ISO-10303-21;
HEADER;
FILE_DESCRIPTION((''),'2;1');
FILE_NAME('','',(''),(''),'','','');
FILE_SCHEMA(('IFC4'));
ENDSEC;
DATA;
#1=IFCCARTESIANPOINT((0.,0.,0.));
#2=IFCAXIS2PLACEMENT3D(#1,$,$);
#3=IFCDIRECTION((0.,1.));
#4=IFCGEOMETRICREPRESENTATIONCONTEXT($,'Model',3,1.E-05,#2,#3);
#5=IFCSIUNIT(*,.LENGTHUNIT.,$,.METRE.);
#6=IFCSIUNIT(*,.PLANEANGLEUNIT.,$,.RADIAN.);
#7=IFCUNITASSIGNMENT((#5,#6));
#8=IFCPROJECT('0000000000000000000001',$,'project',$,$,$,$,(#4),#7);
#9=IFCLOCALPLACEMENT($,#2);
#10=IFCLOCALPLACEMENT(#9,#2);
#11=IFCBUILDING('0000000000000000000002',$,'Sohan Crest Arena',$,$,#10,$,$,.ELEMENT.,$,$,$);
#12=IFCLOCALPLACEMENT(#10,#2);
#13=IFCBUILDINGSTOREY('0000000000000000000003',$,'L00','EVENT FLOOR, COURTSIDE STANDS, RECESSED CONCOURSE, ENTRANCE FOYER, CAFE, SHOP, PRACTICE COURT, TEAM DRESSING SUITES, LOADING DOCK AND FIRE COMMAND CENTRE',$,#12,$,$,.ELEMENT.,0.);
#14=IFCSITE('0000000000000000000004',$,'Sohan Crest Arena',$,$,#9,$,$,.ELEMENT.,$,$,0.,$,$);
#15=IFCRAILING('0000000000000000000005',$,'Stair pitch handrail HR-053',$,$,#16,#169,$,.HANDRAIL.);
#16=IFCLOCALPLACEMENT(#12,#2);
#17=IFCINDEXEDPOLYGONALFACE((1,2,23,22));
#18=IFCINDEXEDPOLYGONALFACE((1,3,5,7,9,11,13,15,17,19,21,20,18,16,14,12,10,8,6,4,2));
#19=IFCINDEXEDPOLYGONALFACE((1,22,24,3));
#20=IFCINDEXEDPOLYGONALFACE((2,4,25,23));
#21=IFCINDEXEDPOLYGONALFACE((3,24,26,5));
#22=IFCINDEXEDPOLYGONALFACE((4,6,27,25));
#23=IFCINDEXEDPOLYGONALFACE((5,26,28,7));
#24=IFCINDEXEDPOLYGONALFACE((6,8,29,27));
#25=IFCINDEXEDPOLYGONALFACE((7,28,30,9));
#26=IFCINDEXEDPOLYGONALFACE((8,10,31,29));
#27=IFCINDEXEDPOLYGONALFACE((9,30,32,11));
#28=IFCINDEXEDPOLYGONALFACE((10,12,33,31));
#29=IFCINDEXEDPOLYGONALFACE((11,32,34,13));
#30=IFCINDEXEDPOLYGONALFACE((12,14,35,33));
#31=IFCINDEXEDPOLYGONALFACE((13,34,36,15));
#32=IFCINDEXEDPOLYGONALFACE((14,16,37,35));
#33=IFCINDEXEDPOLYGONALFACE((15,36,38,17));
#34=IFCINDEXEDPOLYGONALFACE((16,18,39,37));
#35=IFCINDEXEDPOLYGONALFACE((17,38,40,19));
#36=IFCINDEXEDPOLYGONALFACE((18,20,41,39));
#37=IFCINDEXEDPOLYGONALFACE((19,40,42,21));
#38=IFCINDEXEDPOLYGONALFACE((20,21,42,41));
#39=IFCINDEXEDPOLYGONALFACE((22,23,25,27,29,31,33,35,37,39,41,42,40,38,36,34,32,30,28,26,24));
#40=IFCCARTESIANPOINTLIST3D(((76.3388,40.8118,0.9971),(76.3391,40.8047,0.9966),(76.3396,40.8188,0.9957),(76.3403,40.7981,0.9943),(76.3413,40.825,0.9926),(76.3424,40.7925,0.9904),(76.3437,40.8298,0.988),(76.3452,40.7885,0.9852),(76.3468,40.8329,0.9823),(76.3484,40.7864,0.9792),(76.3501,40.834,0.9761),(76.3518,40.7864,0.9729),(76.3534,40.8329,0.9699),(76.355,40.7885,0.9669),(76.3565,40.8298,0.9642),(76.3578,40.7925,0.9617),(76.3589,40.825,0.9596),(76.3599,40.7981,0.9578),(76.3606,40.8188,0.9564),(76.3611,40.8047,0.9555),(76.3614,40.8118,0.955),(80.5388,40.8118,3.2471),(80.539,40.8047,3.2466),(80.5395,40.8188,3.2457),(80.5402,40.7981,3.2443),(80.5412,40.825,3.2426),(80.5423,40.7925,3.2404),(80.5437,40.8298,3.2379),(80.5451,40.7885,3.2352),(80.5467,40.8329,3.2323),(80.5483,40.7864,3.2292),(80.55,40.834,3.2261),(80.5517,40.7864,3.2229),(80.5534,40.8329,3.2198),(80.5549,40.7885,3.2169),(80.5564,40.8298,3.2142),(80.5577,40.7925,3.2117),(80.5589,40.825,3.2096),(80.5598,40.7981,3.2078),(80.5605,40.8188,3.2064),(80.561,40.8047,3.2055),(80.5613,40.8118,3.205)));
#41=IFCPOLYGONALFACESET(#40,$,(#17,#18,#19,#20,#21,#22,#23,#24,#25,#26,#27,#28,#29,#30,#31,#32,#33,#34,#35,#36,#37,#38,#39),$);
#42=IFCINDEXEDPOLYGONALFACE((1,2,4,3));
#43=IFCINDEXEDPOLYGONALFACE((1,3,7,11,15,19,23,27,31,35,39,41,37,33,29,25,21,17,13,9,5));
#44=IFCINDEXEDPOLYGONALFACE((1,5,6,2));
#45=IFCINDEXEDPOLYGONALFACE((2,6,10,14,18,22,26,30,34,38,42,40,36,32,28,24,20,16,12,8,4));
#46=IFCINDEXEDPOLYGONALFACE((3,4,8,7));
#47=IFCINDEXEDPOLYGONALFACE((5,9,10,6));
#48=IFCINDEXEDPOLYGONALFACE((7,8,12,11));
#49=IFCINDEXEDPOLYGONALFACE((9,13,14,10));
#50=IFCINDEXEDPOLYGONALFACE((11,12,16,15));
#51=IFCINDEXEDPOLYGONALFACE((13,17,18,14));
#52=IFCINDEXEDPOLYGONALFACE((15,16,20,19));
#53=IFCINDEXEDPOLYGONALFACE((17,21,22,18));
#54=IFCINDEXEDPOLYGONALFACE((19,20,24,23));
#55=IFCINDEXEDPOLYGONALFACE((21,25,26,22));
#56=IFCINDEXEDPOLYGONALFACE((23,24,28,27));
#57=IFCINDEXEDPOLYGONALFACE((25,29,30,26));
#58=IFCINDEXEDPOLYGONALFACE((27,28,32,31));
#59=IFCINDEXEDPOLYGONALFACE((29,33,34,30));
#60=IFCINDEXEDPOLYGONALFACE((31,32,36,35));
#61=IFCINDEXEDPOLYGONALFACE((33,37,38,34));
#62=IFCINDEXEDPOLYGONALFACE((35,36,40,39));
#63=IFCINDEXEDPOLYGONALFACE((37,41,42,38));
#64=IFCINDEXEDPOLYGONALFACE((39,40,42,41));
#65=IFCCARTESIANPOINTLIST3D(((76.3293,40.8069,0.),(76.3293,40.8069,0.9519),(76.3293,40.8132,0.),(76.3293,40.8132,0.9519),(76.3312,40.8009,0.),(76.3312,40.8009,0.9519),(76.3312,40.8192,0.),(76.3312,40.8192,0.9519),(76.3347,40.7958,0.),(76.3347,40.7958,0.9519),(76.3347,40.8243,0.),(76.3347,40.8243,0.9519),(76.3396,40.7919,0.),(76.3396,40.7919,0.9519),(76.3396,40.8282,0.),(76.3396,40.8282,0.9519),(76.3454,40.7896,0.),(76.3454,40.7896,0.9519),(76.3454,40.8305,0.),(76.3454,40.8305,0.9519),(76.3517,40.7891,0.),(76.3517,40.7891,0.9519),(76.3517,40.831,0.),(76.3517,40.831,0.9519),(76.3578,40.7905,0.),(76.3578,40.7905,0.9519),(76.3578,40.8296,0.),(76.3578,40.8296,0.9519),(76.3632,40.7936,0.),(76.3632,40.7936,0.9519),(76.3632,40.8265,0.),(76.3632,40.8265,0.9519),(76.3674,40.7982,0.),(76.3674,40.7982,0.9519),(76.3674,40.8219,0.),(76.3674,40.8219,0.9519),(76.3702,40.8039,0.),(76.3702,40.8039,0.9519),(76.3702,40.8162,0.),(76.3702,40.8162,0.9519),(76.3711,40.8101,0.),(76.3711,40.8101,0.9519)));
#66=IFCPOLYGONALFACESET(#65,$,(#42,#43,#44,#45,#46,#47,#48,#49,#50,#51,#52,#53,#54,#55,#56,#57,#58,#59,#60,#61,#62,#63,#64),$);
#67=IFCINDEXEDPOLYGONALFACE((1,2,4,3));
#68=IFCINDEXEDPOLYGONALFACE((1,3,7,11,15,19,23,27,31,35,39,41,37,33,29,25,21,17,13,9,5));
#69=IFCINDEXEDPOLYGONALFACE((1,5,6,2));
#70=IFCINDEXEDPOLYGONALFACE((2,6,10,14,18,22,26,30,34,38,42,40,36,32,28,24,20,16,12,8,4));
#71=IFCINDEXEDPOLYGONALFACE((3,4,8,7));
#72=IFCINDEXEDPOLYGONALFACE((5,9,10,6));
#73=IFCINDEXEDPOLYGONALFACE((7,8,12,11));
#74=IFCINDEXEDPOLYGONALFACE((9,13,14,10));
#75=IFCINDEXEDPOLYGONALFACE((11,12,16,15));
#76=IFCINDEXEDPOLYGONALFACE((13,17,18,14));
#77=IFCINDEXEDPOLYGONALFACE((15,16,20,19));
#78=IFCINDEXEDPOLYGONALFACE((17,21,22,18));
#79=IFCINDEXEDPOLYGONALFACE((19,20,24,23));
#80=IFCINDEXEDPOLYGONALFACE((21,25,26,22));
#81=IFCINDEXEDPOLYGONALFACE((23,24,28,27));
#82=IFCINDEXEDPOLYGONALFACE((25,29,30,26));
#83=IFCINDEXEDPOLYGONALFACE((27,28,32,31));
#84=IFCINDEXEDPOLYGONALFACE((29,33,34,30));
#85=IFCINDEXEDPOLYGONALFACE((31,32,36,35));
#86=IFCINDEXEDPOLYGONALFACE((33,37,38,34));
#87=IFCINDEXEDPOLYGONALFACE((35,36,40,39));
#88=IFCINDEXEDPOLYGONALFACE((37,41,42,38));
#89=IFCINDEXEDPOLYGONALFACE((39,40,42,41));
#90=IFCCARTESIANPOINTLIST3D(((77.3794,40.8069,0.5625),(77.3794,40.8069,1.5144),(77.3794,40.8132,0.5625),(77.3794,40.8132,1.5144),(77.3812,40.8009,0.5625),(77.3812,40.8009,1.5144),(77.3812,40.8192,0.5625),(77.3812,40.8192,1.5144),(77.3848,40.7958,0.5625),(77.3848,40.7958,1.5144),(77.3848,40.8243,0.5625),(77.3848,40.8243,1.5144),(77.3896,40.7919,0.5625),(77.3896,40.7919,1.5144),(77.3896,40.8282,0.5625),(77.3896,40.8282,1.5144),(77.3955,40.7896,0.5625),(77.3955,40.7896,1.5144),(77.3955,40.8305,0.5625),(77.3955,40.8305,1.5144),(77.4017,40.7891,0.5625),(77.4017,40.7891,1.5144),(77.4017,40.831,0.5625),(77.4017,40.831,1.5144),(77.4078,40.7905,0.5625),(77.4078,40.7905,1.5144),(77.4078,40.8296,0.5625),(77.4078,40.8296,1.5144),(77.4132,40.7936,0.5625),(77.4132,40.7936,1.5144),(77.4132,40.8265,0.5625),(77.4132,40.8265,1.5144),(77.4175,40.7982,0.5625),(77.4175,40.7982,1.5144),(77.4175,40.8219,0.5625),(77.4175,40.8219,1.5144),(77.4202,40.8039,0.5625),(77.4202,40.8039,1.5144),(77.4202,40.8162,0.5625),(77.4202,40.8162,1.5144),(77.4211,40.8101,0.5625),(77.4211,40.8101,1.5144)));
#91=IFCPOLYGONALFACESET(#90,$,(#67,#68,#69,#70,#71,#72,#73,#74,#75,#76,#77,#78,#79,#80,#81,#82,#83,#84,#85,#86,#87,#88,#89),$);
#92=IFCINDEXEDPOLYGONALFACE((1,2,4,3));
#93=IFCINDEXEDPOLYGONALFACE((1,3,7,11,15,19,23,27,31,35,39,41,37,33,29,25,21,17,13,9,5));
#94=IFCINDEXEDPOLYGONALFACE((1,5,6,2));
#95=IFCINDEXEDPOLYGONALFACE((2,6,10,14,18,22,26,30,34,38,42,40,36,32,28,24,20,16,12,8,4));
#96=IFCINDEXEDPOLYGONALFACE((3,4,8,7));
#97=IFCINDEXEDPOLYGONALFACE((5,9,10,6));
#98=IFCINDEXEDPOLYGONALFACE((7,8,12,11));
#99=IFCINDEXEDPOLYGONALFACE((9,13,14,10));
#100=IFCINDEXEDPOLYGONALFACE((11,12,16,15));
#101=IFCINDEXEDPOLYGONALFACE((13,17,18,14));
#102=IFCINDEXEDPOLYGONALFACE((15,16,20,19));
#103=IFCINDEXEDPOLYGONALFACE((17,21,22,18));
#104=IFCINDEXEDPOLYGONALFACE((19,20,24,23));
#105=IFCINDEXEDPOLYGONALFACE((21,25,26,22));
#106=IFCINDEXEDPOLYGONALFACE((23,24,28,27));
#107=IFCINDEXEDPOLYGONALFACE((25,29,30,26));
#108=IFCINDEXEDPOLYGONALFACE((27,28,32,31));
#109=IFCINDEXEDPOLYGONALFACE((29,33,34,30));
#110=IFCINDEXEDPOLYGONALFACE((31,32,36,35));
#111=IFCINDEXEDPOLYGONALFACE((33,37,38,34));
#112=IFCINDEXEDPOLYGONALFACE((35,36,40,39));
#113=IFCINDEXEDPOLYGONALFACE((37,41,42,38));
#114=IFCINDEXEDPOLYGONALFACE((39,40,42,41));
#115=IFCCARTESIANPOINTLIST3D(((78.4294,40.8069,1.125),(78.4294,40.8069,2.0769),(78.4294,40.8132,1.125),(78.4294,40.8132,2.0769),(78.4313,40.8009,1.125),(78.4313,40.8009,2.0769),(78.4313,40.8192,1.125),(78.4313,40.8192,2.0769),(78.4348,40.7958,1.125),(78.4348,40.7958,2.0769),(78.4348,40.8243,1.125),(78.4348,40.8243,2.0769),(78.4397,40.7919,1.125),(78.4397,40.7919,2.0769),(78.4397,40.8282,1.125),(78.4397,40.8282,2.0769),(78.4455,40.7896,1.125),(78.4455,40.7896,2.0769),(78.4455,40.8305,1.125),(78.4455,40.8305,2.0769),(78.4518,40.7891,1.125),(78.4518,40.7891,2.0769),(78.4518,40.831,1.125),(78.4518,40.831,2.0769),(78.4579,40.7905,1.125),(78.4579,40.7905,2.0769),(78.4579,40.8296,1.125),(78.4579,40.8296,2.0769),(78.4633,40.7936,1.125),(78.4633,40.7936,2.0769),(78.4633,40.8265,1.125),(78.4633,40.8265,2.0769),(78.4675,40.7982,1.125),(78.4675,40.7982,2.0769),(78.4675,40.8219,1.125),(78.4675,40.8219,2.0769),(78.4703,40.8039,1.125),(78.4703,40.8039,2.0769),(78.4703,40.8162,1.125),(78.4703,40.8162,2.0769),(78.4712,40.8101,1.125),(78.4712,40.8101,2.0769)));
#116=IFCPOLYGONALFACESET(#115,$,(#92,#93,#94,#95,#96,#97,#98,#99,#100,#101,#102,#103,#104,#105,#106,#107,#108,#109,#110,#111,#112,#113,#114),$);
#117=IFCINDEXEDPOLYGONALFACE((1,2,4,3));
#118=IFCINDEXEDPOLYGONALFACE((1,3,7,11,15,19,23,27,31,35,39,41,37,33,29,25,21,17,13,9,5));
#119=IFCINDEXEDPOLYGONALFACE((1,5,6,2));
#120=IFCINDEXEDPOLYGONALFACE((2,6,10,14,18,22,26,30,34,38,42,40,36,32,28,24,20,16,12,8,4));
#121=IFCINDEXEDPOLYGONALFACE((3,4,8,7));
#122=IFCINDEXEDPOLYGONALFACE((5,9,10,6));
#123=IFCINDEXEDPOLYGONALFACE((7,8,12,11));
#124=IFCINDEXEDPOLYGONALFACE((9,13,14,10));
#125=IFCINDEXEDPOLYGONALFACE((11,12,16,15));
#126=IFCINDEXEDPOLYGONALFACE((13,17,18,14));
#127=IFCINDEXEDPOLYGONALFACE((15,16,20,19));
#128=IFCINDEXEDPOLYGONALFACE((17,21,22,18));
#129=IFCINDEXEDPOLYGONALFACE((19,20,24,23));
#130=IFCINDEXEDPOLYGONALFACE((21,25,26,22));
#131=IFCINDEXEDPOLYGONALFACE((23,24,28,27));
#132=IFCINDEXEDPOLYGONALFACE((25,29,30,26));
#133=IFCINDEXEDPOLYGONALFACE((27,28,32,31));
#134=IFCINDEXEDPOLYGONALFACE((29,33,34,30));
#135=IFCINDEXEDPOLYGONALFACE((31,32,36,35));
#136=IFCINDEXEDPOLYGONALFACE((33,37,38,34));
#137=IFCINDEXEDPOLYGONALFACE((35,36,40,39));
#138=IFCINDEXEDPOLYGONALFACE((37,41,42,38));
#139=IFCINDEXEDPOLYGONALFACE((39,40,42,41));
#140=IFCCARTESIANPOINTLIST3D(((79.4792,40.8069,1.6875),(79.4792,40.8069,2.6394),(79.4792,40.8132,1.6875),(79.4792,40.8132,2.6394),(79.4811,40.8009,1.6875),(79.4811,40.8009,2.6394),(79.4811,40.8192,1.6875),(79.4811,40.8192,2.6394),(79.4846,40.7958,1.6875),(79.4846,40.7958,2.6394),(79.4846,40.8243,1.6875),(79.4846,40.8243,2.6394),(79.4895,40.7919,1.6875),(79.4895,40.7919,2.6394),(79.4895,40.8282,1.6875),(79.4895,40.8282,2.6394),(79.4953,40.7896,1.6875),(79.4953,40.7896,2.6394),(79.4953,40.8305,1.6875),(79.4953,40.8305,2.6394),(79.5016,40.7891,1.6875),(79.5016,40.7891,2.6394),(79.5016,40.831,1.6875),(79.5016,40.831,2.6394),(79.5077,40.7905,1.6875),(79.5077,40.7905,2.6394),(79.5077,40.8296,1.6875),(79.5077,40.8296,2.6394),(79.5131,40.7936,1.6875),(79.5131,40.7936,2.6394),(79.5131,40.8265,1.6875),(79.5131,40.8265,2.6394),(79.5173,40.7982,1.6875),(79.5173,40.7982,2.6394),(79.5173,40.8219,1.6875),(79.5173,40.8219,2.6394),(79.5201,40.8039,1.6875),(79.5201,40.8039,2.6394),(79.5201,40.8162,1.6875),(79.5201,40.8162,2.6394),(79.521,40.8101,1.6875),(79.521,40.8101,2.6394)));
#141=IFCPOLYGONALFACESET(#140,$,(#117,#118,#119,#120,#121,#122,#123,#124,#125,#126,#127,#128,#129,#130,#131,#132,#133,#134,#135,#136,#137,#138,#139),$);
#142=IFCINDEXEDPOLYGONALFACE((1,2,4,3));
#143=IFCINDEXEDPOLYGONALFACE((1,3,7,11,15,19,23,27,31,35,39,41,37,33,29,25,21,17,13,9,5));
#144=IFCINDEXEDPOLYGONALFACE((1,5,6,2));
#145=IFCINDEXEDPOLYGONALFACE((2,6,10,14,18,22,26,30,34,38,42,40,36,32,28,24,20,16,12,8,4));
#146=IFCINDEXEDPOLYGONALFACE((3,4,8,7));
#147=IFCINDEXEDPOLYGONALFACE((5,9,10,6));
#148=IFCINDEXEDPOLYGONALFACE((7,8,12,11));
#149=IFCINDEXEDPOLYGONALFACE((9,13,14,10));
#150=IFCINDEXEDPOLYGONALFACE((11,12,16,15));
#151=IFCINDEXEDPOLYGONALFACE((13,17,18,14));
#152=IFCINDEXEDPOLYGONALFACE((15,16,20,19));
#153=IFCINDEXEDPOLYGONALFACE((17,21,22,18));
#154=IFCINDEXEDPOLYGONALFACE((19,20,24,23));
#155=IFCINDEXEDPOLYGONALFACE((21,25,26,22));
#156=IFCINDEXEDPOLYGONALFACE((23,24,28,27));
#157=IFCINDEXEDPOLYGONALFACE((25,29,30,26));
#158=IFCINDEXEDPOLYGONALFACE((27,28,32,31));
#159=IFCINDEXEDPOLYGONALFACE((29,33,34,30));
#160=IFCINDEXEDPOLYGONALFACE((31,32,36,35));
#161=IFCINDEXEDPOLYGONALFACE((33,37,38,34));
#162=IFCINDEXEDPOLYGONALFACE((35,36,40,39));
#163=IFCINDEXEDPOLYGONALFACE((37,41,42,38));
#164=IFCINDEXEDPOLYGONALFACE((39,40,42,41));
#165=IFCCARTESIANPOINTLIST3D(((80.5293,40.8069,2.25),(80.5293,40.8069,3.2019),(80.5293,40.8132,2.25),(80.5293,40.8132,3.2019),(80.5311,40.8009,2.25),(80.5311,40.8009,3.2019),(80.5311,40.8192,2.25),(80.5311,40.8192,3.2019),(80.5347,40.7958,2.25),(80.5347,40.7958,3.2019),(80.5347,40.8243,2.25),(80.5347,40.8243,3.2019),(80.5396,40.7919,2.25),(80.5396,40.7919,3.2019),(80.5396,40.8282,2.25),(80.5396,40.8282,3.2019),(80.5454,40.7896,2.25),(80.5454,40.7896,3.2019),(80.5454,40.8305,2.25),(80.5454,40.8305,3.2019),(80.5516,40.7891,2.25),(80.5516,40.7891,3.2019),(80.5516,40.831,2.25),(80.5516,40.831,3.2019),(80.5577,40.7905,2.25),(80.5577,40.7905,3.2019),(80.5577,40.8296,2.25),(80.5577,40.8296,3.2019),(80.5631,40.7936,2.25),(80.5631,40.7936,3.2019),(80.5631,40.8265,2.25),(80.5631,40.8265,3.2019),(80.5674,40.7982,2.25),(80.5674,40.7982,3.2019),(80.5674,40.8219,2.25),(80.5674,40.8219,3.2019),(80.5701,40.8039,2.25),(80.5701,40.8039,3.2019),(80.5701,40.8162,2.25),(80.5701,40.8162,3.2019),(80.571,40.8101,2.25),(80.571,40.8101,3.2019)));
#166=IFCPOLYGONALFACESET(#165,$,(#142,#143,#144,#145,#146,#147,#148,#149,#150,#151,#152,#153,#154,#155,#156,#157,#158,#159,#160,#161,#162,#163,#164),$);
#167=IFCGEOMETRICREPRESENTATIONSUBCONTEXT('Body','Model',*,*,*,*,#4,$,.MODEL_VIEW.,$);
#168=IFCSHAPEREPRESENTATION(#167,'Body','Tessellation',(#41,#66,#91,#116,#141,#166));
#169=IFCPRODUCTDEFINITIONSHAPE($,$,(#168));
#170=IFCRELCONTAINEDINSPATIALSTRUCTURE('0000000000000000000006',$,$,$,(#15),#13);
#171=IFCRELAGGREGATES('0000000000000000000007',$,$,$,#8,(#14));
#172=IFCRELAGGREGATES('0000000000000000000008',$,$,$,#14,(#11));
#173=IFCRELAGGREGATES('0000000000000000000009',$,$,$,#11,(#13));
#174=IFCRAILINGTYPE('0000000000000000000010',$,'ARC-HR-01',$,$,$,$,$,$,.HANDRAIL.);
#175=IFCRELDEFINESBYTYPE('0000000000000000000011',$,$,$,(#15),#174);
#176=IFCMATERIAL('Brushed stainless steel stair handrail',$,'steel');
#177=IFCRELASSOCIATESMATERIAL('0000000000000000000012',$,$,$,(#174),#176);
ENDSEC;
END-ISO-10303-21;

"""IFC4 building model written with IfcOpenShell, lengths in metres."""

from ifc_helpers import new_model, si_unit, direction, frame, origin, origin_2d, place, context, subcontext, project, spatial, circle, extrude, material, type_object, element, save


model = new_model("IFC4")

# Units and contexts
model_context = context("Model", 3, precision=1e-05, world=origin(), true_north=direction((0.0, 1.0)))
body_context = subcontext(model_context, "Body", "Model", "MODEL_VIEW")
ifc_project = project(units=[si_unit("LENGTHUNIT", "METRE"), si_unit("PLANEANGLEUNIT", "RADIAN")], contexts=[model_context])

# Site, building, storey
site_placement = place(None, origin())
site = spatial("IfcSite", under=ifc_project, at=site_placement, Name="Sohan Crest Arena", CompositionType="ELEMENT", RefElevation=0.0)
building_placement = place(site_placement, origin())
building = spatial("IfcBuilding", under=site, at=building_placement, Name="Sohan Crest Arena", CompositionType="ELEMENT")
storey_placement = place(building_placement, origin())
storey = spatial("IfcBuildingStorey", under=building, at=storey_placement, Name="L00", Description="EVENT FLOOR, COURTSIDE STANDS, RECESSED CONCOURSE, ENTRANCE FOYER, CAFE, SHOP, PRACTICE COURT, TEAM DRESSING SUITES, LOADING DOCK AND FIRE COMMAND CENTRE", CompositionType="ELEMENT", Elevation=0.0)

# Railing
ifc_material_1 = material(Name="Brushed stainless steel stair handrail", Category="steel")
railing_type_1 = type_object("IfcRailingType", Name="ARC-HR-01", PredefinedType="HANDRAIL", material=ifc_material_1)
for number, where, name in (
    (1, (76.3501, 40.8101, 0.0), "Stair pitch handrail HR-053"),
):
    element("IfcRailing", number, at=place(storey_placement, frame(where)), inside=storey, type_object=railing_type_1, Name=name, PredefinedType="HANDRAIL", context=body_context, shape_type="SweptSolid", body=[
        extrude(circle(Radius=0.0239, at=origin_2d()), frame((0.0, 0.0, 0.9761), z_axis=(0.881478, 0.0, 0.472226), x_axis=(0.0, 1.0, 0.0)), (0.0, 0.0, 1.0), 4.7646),
        extrude(circle(Radius=0.021, at=origin_2d()), origin(), (0.0, 0.0, 1.0), 0.9519),
        extrude(circle(Radius=0.021, at=origin_2d()), frame((1.05, 0.0, 0.5625)), (0.0, 0.0, 1.0), 0.9519),
        extrude(circle(Radius=0.021, at=origin_2d()), frame((2.1001, 0.0, 1.125)), (0.0, 0.0, 1.0), 0.9519),
        extrude(circle(Radius=0.021, at=origin_2d()), frame((3.1499, 0.0, 1.6875)), (0.0, 0.0, 1.0), 0.9519),
        extrude(circle(Radius=0.021, at=origin_2d()), frame((4.2, 0.0, 2.25)), (0.0, 0.0, 1.0), 0.9519),
    ])

save(model, "model.ifc")
